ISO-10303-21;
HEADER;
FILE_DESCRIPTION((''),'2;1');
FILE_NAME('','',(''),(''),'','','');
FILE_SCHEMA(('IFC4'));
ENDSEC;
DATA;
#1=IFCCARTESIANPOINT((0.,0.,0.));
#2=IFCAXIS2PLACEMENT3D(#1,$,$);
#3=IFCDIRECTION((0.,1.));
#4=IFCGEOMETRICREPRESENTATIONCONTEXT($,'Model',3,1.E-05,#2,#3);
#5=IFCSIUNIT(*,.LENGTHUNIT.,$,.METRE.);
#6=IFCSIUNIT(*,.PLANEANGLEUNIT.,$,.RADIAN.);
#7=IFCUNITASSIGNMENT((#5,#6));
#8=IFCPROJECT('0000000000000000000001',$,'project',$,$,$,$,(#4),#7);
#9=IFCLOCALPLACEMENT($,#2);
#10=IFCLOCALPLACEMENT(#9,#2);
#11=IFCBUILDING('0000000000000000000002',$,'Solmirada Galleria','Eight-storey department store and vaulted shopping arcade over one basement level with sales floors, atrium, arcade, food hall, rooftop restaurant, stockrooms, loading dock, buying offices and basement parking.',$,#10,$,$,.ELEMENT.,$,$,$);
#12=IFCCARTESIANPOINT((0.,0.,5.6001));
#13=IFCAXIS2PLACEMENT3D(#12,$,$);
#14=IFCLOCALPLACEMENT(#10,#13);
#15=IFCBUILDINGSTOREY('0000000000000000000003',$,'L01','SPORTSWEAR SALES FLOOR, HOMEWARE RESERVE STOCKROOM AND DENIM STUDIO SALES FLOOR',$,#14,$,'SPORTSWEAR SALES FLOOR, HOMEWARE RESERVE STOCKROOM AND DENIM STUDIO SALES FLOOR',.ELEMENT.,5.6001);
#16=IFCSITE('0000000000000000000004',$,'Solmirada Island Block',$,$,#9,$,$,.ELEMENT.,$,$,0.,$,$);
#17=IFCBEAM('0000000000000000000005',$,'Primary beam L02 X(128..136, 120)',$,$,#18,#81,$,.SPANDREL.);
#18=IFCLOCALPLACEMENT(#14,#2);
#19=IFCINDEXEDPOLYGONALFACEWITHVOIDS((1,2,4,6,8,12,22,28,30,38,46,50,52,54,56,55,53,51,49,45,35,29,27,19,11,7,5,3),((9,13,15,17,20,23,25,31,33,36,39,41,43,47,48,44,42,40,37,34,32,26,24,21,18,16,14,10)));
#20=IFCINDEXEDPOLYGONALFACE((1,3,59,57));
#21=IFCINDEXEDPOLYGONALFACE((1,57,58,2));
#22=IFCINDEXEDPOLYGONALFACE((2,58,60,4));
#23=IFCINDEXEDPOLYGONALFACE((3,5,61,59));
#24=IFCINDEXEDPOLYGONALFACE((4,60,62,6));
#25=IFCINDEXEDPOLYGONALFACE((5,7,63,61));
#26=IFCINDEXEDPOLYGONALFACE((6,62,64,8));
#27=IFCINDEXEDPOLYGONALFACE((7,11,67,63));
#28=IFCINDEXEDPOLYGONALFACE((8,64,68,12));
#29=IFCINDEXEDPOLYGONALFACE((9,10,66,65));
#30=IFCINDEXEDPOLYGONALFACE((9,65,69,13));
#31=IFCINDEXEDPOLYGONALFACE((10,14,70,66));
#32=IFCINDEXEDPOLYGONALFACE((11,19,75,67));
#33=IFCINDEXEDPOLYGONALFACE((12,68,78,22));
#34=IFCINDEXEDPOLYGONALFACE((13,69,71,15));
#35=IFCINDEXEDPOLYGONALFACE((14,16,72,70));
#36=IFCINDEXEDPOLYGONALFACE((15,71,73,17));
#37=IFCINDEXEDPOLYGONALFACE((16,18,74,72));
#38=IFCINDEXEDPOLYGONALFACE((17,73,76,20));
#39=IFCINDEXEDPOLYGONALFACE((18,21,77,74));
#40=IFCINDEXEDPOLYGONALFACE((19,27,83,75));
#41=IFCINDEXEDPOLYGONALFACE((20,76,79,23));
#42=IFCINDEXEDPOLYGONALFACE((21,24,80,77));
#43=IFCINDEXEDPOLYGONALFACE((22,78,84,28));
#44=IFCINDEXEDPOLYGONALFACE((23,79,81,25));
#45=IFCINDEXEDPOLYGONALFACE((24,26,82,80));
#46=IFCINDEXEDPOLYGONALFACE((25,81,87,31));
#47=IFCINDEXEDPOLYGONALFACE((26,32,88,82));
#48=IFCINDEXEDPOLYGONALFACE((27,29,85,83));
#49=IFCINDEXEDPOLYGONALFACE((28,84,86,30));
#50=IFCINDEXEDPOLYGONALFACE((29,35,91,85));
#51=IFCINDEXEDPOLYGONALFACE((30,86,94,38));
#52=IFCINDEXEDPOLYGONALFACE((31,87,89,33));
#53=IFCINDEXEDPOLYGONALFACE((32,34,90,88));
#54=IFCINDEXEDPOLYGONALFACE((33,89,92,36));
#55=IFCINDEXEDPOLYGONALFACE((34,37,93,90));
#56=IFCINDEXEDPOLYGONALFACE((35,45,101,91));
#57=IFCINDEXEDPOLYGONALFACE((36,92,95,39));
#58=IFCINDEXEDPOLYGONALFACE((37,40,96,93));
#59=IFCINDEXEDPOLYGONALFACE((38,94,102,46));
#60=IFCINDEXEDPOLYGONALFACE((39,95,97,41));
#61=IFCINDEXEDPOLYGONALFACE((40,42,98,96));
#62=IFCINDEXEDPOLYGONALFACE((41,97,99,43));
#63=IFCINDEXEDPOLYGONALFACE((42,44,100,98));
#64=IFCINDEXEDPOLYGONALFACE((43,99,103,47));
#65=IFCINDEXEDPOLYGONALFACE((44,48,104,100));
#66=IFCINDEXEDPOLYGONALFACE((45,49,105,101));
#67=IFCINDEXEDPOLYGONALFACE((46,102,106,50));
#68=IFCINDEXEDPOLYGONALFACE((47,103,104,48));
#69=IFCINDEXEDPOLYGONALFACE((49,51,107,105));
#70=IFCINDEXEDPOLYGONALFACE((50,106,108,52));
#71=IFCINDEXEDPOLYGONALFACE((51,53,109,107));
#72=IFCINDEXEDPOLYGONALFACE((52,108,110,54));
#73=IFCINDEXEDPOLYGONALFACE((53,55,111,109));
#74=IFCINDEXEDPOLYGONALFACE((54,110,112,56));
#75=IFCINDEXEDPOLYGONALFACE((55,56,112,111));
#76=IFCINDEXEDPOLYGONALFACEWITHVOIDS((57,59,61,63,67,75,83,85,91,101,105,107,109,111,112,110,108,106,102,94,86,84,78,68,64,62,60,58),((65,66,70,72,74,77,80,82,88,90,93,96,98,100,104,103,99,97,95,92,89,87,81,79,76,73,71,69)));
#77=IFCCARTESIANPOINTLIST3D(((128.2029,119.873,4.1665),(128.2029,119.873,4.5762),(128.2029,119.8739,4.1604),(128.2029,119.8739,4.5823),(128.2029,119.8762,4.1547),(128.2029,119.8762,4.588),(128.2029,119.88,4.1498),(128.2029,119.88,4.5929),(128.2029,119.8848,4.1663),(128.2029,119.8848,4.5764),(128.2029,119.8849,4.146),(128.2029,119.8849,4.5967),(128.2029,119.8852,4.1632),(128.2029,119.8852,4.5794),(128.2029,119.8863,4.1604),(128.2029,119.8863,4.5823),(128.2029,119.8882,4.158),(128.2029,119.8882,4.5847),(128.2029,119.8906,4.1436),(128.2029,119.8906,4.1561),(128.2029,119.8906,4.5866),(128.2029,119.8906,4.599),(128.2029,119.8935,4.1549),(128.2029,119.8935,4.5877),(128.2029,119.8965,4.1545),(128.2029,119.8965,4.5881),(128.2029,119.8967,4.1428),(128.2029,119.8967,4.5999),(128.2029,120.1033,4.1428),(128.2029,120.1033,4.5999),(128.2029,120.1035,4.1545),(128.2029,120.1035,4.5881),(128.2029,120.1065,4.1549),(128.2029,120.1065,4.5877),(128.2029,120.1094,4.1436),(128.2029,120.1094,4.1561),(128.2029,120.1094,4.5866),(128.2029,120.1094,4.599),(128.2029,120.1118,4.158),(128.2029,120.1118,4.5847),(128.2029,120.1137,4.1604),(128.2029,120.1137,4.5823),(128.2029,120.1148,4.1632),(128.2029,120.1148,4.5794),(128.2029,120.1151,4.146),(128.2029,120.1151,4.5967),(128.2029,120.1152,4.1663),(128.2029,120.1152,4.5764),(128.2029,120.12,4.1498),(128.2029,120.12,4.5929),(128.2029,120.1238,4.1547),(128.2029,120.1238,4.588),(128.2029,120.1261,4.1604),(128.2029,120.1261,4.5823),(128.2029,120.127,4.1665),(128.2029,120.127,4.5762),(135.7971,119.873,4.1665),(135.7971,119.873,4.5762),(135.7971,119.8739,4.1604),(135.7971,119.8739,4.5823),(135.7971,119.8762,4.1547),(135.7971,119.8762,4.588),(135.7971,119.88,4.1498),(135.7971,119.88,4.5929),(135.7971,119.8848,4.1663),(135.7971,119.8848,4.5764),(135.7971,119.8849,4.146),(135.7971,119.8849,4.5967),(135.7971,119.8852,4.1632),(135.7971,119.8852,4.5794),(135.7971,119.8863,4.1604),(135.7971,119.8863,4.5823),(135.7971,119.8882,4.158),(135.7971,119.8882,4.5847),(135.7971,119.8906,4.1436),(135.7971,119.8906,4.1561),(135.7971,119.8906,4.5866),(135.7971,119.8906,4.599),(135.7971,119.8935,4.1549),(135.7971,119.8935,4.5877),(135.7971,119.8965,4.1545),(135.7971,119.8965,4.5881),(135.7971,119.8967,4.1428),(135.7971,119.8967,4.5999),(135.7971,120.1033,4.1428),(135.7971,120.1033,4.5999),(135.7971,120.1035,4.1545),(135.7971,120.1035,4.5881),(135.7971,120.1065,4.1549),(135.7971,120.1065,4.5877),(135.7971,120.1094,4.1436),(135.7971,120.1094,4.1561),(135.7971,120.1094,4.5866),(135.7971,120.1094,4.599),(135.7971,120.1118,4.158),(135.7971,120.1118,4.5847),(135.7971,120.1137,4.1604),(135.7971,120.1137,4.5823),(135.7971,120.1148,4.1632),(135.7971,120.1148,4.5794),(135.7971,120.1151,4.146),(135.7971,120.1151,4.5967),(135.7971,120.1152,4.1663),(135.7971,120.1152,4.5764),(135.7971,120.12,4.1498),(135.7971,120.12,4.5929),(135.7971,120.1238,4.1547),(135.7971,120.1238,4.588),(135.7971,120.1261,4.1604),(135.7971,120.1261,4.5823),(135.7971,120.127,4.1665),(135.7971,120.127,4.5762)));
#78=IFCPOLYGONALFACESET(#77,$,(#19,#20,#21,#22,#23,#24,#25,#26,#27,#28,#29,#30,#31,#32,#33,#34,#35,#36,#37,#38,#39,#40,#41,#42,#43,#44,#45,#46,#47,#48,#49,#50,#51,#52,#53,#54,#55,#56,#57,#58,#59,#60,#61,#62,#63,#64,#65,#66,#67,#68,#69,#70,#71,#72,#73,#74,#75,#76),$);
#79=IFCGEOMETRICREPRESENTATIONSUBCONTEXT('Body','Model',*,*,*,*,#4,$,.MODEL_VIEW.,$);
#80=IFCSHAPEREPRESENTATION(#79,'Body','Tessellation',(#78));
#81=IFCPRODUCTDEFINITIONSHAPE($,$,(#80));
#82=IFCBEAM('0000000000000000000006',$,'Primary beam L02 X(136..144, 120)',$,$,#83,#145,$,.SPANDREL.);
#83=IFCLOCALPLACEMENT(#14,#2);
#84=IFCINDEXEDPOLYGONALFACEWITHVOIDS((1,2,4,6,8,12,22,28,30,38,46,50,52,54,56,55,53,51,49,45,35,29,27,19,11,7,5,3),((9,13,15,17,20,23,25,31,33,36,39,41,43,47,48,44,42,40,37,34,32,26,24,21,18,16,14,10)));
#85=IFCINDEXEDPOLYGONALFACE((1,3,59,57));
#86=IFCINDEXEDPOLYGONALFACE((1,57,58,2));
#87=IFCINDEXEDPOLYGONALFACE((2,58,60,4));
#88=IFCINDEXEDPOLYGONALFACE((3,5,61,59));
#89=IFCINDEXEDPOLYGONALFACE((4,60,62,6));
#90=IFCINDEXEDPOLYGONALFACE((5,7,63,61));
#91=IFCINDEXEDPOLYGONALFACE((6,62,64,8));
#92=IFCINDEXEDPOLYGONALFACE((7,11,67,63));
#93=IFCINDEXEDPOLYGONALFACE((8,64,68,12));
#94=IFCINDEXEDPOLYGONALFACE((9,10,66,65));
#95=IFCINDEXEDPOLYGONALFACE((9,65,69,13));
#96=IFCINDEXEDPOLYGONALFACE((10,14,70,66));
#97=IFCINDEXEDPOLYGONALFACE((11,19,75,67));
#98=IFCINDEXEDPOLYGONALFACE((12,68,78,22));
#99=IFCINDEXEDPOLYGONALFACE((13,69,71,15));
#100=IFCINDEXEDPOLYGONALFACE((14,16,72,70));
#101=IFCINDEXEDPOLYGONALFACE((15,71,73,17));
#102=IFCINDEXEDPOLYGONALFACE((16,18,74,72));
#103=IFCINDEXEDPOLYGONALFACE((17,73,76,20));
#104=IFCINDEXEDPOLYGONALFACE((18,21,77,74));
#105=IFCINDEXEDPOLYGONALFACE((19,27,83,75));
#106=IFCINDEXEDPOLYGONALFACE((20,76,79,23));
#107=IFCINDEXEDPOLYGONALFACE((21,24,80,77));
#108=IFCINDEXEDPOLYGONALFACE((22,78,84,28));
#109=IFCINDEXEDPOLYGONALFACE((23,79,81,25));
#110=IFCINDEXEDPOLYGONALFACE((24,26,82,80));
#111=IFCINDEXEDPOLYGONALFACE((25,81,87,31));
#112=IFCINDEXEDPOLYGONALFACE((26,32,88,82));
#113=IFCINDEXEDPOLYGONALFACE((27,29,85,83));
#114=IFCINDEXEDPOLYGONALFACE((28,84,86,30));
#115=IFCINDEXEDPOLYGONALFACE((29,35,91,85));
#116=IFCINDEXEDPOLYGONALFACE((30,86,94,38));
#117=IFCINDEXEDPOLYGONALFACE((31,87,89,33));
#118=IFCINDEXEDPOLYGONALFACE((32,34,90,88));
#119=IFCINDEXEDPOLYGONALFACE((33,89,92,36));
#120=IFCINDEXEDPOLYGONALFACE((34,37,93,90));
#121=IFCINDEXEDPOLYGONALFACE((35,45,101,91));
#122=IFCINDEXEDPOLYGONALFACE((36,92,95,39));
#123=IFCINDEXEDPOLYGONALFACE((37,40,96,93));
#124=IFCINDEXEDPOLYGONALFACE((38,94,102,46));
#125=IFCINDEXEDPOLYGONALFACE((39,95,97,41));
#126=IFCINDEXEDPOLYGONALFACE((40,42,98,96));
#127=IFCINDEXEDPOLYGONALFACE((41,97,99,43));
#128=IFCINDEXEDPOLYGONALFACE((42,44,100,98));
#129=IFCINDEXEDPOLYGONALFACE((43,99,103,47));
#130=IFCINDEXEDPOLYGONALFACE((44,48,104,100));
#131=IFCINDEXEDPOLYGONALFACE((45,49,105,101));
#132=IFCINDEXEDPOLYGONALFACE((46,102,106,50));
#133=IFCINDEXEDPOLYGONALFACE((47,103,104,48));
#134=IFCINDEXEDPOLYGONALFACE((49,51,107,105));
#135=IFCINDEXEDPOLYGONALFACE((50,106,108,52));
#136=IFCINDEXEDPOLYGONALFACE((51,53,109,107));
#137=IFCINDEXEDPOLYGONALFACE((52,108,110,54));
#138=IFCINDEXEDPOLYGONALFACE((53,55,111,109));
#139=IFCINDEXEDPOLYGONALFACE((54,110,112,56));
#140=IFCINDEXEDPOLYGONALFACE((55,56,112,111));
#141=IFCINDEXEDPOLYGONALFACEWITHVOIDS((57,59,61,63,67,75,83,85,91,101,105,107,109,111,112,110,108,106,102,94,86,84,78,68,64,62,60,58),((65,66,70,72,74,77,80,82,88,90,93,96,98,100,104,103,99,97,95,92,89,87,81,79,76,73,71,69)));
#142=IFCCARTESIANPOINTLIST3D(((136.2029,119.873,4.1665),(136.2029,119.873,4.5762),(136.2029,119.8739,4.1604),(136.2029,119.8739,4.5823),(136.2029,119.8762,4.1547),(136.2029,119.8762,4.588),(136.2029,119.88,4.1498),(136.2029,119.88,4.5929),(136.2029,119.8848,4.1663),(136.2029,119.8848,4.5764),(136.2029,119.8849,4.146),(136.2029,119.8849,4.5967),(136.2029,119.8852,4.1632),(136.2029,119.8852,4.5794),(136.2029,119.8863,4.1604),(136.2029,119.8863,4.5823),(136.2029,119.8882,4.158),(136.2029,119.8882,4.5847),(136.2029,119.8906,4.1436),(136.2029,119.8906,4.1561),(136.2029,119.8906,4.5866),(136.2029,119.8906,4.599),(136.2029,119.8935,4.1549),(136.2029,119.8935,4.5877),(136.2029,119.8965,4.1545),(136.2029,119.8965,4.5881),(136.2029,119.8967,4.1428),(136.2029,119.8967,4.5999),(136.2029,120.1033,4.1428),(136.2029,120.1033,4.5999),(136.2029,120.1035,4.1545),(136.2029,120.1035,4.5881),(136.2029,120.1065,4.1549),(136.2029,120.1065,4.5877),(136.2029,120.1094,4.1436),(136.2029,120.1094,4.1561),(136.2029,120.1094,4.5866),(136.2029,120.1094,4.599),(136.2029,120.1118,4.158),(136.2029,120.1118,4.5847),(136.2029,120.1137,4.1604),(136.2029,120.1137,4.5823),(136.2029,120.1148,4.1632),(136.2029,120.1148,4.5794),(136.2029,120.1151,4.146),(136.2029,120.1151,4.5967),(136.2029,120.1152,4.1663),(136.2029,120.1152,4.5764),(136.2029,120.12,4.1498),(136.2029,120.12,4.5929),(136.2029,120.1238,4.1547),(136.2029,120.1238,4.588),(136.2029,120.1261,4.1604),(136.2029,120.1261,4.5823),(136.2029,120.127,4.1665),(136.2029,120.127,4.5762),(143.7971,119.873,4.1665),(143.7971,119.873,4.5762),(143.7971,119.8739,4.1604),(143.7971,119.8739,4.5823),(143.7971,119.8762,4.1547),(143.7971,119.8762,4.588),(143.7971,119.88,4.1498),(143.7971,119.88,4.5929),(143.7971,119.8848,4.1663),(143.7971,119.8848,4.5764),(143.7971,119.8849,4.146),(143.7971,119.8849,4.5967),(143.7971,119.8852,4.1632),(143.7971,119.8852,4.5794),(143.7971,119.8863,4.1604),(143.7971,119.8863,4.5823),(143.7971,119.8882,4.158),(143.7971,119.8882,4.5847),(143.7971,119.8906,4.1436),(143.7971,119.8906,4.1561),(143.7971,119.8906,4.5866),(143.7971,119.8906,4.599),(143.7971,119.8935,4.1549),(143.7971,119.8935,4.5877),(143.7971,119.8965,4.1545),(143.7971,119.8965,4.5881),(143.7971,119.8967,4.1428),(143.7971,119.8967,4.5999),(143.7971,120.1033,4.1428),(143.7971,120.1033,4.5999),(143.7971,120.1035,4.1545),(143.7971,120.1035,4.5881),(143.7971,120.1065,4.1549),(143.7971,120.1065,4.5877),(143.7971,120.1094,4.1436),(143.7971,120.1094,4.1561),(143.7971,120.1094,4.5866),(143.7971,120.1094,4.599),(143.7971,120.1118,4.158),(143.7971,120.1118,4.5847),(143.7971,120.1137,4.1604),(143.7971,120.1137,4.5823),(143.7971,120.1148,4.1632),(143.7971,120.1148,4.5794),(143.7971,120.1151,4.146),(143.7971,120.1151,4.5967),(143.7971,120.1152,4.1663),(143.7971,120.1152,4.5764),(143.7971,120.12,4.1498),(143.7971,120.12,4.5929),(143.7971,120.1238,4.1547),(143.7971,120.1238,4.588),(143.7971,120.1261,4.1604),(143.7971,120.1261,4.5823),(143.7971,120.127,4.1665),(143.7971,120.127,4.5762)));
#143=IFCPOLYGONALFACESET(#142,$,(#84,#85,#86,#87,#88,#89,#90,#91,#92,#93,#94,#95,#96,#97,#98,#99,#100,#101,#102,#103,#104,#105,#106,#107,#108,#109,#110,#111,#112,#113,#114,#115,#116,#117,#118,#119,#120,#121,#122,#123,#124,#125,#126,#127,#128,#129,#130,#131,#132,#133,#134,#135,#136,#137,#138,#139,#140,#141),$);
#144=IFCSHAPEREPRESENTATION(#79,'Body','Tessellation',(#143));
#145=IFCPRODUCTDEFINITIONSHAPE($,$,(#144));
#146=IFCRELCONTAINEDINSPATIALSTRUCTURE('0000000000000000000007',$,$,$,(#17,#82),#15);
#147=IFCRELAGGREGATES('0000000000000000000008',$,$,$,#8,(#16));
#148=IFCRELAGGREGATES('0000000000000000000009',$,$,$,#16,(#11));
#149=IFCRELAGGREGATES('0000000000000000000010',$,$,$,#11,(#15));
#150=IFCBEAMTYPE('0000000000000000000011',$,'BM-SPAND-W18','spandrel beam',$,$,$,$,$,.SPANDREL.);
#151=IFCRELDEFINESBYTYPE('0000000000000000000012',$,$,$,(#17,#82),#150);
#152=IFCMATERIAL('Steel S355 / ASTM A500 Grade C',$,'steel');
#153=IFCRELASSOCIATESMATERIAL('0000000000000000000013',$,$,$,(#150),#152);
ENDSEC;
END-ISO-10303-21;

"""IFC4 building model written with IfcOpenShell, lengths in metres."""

from ifc_helpers import new_model, si_unit, direction, frame, origin, origin_2d, place, context, subcontext, project, spatial, hollow_rectangle, extrude, material, material_profile, profile_set, type_object, element, save


model = new_model("IFC4")

# Units and contexts
model_context = context("Model", 3, precision=1e-05, world=origin(), true_north=direction((0.0, 1.0)))
body_context = subcontext(model_context, "Body", "Model", "MODEL_VIEW")
ifc_project = project(units=[si_unit("LENGTHUNIT", "METRE"), si_unit("PLANEANGLEUNIT", "RADIAN")], contexts=[model_context])

# Site, building, storey
site_placement = place(None, origin())
site = spatial("IfcSite", under=ifc_project, at=site_placement, Name="Solmirada Island Block", CompositionType="ELEMENT", RefElevation=0.0)
building_placement = place(site_placement, origin())
building = spatial("IfcBuilding", under=site, at=building_placement, Name="Solmirada Galleria", Description="Eight-storey department store and vaulted shopping arcade over one basement level with sales floors, atrium, arcade, food hall, rooftop restaurant, stockrooms, loading dock, buying offices and basement parking.", CompositionType="ELEMENT")
storey_placement = place(building_placement, frame((0.0, 0.0, 5.6001)))
storey = spatial("IfcBuildingStorey", under=building, at=storey_placement, Name="L01", Description="SPORTSWEAR SALES FLOOR, HOMEWARE RESERVE STOCKROOM AND DENIM STUDIO SALES FLOOR", LongName="SPORTSWEAR SALES FLOOR, HOMEWARE RESERVE STOCKROOM AND DENIM STUDIO SALES FLOOR", CompositionType="ELEMENT", Elevation=5.6001)

# Shared definitions
ifc_material_1 = material(Name="Steel S355 / ASTM A500 Grade C", Category="steel")

# Beams
ifc_material_profile_1 = material_profile(ifc_material_1, hollow_rectangle(XDim=0.2539, YDim=0.457, WallThickness=0.0117, InnerFilletRadius=0.0117, OuterFilletRadius=0.0237, at=origin_2d()), Name="HSS18X10X1/2")
ifc_profile_set_1 = profile_set([ifc_material_profile_1], Name="Steel S355 / ASTM A500 Grade C")
beam_type = type_object("IfcBeamType", Name="BM-SPAND-W18", Description="spandrel beam", PredefinedType="SPANDREL", material=ifc_profile_set_1)
for number, where, z_axis, x_axis, name in (
    (1, (128.2029, 120.0, 4.3713), (1.0, 0.0, 0.0), (0.0, 1.0, 0.0), "Primary beam L02 X(128..136, 120)"),
    (2, (136.2029, 120.0, 4.3713), (1.0, 0.0, 0.0), (0.0, 1.0, 0.0), "Primary beam L02 X(136..144, 120)"),
):
    element("IfcBeam", number, at=place(storey_placement, frame(where, z_axis=z_axis, x_axis=x_axis)), inside=storey, type_object=beam_type, Name=name, PredefinedType="SPANDREL", context=body_context, shape_type="SweptSolid", body=[
        extrude(hollow_rectangle(XDim=0.2539, YDim=0.457, WallThickness=0.0117, InnerFilletRadius=0.0117, OuterFilletRadius=0.0237, at=origin_2d()), origin(), (0.0, 0.0, 1.0), 7.5942),
    ])

save(model, "model.ifc")
